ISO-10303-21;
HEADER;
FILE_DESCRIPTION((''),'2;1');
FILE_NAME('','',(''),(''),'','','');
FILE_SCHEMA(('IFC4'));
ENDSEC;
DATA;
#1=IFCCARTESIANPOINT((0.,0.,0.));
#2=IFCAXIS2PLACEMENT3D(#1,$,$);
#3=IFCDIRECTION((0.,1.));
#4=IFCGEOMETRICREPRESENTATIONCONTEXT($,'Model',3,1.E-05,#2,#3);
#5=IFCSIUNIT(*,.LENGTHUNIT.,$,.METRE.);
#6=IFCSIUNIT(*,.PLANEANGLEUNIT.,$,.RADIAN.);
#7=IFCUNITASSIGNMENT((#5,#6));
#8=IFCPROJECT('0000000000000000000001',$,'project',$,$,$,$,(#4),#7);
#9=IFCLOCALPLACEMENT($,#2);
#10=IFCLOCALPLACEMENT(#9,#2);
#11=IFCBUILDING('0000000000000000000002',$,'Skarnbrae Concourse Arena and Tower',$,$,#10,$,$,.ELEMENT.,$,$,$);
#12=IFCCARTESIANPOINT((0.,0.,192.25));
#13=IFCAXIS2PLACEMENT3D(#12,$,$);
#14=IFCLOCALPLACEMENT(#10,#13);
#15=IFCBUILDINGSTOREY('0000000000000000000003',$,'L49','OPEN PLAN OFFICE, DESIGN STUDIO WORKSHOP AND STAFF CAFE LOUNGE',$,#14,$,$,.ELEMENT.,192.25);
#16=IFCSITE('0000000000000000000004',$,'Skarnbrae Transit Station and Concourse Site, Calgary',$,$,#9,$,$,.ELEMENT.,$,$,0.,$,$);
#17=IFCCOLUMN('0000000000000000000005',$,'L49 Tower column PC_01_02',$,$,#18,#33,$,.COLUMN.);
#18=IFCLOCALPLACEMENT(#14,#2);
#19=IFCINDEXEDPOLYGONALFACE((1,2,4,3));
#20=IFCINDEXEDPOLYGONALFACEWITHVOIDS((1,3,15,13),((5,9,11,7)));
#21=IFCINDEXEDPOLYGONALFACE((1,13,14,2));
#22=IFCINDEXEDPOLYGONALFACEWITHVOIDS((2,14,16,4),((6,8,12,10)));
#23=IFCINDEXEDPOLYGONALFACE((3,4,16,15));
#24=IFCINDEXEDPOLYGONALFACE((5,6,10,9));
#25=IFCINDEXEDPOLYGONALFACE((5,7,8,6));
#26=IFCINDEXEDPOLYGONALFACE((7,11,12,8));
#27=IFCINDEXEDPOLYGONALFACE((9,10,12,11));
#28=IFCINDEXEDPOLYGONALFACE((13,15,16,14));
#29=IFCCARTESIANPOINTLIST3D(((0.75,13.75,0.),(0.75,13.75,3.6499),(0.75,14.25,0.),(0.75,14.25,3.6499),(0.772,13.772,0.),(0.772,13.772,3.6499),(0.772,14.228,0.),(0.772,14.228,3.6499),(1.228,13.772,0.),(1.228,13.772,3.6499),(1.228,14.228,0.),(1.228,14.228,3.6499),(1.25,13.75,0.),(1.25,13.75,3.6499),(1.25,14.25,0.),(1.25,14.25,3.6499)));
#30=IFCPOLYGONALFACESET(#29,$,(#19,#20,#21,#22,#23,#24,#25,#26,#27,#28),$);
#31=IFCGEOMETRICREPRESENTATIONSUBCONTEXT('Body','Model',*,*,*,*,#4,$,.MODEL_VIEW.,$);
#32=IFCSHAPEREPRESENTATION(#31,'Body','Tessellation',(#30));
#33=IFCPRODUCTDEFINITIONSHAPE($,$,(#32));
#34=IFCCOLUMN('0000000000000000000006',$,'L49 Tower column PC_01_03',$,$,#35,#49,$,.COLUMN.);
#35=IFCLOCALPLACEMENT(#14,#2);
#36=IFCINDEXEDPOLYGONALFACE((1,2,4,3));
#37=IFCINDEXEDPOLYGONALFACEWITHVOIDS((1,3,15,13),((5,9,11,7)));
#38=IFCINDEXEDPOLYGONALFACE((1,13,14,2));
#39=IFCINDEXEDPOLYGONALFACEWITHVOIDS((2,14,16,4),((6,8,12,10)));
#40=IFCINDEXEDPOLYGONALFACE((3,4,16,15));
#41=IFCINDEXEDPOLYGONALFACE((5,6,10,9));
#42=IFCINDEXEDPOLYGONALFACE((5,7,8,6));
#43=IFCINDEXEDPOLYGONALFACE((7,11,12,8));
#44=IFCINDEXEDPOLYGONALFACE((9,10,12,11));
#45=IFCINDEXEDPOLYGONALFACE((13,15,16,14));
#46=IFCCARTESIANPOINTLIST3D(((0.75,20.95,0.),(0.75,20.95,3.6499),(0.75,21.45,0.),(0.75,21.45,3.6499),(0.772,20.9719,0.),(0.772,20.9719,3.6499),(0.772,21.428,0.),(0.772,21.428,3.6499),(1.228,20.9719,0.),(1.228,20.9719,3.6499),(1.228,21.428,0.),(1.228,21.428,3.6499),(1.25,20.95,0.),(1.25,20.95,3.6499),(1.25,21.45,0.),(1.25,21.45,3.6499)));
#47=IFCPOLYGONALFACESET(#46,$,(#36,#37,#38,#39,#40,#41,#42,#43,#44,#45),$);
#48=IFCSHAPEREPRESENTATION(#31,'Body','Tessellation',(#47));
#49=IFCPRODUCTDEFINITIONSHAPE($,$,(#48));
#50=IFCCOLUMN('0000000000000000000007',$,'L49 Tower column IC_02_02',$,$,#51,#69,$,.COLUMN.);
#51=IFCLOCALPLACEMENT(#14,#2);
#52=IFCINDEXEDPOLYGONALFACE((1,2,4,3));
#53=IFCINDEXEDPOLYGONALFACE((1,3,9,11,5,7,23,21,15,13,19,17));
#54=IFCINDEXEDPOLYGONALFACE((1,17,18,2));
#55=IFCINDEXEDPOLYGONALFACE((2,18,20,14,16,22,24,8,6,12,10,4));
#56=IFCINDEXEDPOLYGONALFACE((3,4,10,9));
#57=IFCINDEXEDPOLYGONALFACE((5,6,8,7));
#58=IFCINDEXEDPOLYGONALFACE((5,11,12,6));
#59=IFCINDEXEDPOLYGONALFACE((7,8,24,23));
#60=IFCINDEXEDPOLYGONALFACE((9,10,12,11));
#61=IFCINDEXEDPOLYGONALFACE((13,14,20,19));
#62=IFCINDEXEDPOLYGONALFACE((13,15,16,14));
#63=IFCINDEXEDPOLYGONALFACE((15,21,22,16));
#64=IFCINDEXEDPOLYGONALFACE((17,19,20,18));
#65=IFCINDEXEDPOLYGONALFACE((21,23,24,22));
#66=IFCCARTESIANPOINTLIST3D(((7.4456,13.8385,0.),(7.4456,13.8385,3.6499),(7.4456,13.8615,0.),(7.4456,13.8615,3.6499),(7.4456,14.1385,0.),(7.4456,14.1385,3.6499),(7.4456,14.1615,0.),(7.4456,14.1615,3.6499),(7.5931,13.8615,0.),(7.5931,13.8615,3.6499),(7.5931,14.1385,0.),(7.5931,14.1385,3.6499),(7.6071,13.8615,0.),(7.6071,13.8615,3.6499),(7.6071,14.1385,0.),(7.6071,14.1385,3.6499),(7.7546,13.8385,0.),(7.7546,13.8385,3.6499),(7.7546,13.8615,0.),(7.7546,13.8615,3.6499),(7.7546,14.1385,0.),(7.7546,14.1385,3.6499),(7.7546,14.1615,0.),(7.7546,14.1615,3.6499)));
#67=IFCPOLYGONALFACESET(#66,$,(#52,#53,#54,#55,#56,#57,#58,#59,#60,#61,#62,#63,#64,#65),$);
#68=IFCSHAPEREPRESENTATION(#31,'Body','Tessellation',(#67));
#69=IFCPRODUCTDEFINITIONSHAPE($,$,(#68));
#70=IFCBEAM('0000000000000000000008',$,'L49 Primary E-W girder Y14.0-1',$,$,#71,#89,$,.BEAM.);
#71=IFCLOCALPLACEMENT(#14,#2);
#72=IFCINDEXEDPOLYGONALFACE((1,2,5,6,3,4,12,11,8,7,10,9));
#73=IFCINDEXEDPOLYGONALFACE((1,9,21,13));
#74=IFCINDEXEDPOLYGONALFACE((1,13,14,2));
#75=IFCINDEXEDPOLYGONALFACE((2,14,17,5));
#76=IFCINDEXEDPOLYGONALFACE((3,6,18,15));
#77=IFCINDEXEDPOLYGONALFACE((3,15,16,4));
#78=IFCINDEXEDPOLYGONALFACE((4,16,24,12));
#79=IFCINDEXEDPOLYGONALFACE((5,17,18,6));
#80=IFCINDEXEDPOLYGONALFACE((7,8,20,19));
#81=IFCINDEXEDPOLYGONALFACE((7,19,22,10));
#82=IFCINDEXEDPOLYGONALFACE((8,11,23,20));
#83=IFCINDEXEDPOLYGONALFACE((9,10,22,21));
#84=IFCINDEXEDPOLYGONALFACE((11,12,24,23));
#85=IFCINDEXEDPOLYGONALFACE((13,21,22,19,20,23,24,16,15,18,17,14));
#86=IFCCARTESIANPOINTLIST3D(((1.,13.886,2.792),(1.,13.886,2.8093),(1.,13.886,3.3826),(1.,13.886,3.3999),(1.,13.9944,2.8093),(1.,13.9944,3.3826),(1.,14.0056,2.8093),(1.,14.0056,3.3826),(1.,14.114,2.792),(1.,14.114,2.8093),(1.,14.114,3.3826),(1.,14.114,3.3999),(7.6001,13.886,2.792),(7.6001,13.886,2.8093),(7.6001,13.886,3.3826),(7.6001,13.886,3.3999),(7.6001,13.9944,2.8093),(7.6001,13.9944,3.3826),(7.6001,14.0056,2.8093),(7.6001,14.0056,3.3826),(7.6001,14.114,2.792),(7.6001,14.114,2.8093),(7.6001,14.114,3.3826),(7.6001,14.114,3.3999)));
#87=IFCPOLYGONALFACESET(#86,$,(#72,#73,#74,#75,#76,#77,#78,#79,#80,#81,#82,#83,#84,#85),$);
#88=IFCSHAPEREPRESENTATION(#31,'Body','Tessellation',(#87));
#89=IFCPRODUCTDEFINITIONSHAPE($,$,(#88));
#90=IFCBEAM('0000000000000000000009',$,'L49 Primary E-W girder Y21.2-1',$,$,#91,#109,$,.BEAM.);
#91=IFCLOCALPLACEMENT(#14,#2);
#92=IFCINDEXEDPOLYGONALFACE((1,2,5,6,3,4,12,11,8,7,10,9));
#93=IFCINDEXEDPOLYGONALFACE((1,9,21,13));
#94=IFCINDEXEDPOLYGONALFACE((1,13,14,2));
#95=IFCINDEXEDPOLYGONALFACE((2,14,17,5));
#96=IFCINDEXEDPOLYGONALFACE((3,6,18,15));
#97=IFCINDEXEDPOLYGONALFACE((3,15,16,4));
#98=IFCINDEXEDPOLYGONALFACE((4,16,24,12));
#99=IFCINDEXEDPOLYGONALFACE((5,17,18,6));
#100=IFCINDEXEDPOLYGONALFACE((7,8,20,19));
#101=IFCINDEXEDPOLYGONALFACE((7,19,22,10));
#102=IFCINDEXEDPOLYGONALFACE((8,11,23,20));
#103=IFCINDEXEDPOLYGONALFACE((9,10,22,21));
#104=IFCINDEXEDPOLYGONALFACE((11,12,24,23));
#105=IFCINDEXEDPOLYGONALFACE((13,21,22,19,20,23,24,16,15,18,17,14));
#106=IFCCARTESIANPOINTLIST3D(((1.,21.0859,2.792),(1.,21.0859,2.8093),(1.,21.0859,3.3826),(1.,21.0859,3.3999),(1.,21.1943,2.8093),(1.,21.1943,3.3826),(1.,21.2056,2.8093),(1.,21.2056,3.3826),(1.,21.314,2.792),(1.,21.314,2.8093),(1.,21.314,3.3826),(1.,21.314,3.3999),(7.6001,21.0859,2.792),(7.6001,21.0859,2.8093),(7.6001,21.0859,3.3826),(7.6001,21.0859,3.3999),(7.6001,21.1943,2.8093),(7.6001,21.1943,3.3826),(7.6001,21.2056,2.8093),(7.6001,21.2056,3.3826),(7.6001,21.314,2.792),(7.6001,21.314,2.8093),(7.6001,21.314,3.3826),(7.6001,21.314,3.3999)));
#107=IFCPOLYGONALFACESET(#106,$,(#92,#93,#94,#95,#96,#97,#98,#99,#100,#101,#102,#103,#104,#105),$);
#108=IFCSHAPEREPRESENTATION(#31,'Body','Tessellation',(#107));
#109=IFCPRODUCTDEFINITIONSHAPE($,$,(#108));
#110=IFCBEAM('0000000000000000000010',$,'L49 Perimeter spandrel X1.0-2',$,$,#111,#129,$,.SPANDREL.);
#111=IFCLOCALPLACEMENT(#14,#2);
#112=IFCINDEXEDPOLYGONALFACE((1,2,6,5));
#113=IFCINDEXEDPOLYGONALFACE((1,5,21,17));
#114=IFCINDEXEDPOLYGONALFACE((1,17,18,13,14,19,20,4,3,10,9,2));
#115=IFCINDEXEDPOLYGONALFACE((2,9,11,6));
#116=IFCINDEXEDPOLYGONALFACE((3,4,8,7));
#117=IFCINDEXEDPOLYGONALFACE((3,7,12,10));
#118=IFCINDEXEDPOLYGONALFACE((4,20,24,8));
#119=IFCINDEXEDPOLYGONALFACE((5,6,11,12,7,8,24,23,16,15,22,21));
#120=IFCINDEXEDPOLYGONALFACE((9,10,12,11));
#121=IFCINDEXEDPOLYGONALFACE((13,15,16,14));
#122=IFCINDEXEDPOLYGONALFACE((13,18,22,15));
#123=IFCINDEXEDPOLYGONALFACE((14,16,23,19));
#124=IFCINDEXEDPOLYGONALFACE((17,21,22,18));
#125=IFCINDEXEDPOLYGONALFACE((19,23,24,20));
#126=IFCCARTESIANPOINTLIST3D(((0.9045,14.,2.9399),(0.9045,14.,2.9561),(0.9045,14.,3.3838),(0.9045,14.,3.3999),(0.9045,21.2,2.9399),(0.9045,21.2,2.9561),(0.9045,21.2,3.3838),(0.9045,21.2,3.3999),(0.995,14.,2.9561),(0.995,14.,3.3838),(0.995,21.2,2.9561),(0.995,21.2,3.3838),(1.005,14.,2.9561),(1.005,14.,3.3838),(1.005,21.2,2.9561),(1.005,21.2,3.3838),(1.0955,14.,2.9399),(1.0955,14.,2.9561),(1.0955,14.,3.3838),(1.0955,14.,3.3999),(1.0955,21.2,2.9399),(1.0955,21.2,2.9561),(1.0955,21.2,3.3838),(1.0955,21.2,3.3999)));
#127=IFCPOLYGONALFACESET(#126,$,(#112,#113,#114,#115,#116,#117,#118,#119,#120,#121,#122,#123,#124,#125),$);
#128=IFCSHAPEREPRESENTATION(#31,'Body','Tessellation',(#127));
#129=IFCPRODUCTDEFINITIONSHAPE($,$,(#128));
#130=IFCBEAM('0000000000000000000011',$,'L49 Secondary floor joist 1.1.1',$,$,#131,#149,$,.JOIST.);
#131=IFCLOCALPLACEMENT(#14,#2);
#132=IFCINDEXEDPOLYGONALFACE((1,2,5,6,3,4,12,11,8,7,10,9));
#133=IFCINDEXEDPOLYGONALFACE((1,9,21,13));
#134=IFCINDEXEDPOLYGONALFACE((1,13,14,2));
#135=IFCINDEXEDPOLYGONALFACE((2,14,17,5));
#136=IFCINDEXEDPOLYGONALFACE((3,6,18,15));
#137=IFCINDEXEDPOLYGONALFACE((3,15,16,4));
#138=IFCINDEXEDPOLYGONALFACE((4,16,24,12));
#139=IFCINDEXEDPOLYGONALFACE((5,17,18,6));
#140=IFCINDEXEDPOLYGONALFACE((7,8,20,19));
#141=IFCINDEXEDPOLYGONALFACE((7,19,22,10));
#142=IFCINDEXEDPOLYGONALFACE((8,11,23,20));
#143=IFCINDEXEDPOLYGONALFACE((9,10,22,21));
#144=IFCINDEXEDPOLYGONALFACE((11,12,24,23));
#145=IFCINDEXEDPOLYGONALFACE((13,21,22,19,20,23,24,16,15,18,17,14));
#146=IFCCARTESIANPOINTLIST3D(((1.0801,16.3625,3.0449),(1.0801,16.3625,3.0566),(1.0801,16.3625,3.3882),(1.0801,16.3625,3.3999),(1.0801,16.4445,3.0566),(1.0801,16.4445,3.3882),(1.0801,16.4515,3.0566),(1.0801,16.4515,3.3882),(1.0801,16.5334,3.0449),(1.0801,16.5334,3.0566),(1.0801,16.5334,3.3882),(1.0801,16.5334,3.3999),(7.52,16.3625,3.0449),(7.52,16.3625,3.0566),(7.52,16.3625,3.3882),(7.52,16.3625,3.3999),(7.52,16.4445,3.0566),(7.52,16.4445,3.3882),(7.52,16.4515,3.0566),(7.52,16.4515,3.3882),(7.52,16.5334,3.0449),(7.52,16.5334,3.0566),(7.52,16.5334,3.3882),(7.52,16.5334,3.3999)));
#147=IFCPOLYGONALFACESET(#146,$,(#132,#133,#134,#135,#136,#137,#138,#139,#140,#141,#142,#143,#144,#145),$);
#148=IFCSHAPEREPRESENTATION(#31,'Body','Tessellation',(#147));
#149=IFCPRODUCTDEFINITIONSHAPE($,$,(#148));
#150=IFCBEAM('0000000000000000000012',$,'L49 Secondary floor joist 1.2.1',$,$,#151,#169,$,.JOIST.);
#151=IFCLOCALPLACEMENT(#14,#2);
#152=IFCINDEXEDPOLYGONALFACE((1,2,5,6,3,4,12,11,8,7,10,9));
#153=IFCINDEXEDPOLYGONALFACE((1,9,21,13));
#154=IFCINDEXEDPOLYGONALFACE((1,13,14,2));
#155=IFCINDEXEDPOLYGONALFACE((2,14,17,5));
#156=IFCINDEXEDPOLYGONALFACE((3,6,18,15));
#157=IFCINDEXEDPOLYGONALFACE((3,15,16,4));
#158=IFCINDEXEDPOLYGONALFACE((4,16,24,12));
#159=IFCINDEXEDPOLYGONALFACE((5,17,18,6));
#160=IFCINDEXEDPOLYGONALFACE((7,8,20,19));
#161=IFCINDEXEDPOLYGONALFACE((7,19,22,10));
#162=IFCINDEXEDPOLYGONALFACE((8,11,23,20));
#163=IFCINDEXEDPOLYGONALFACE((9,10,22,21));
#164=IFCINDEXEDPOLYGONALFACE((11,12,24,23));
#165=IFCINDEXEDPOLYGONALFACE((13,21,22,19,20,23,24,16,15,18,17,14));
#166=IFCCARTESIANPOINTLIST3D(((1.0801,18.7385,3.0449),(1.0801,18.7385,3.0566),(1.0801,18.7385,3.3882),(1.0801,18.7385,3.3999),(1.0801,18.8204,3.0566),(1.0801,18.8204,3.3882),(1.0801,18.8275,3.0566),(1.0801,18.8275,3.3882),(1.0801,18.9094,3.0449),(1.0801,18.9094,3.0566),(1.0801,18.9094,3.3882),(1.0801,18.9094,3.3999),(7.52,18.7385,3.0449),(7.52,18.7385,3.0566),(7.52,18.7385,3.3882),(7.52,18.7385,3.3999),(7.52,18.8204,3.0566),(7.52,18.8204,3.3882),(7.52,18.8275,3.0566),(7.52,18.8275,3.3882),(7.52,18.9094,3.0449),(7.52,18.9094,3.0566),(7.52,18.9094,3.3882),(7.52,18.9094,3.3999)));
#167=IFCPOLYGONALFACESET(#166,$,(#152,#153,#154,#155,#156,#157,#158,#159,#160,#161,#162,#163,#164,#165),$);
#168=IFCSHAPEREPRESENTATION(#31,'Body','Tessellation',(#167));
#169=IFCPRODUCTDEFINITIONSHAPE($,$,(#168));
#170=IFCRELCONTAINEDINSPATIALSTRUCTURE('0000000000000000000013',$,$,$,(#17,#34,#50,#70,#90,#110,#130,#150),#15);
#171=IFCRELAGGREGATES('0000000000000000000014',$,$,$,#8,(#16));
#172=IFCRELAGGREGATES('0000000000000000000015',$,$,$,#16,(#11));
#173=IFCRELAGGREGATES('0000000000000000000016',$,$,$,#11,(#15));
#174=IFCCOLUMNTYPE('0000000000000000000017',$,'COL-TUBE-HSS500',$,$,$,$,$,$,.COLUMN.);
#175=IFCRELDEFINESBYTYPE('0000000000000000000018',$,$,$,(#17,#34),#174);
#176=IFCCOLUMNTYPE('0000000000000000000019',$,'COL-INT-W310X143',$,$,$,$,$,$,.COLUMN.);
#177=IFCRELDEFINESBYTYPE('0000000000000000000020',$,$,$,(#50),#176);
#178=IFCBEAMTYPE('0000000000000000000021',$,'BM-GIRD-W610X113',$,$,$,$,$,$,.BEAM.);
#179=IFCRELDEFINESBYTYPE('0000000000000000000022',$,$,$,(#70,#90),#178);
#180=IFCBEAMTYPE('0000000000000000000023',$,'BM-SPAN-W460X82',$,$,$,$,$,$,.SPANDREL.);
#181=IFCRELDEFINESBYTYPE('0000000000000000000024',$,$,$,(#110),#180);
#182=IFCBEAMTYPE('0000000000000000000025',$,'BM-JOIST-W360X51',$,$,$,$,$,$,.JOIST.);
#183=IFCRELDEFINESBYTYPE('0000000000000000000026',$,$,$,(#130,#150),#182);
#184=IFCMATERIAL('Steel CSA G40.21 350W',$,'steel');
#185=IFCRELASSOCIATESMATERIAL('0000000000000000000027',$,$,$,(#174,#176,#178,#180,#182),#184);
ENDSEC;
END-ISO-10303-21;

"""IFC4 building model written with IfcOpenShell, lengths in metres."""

from ifc_helpers import new_model, si_unit, direction, frame, origin, origin_2d, place, context, subcontext, project, spatial, hollow_rectangle, i_section, extrude, source, transform, mapped, material, material_profile, profile_set, type_object, element, save


model = new_model("IFC4")

# Units and contexts
model_context = context("Model", 3, precision=1e-05, world=origin(), true_north=direction((0.0, 1.0)))
body_context = subcontext(model_context, "Body", "Model", "MODEL_VIEW")
ifc_project = project(units=[si_unit("LENGTHUNIT", "METRE"), si_unit("PLANEANGLEUNIT", "RADIAN")], contexts=[model_context])

# Site, building, storey
site_placement = place(None, origin())
site = spatial("IfcSite", under=ifc_project, at=site_placement, Name="Skarnbrae Transit Station and Concourse Site, Calgary", CompositionType="ELEMENT", RefElevation=0.0)
building_placement = place(site_placement, origin())
building = spatial("IfcBuilding", under=site, at=building_placement, Name="Skarnbrae Concourse Arena and Tower", CompositionType="ELEMENT")
storey_placement = place(building_placement, frame((0.0, 0.0, 192.25)))
storey = spatial("IfcBuildingStorey", under=building, at=storey_placement, Name="L49", Description="OPEN PLAN OFFICE, DESIGN STUDIO WORKSHOP AND STAFF CAFE LOUNGE", CompositionType="ELEMENT", Elevation=192.25)

# Columns
ifc_material_1 = material(Name="Steel CSA G40.21 350W", Category="steel")
ifc_material_profile_1 = material_profile(ifc_material_1, hollow_rectangle(XDim=0.5, YDim=0.5, WallThickness=0.022, at=origin_2d()), Name="HSS500X500X22.0")
ifc_profile_set_1 = profile_set([ifc_material_profile_1], Name="Steel CSA G40.21 350W")
column_type_1 = type_object("IfcColumnType", Name="COL-TUBE-HSS500", PredefinedType="COLUMN", material=ifc_profile_set_1)
shared_shape_1 = source(origin(), body_context, "Body", "SweptSolid", [
    extrude(hollow_rectangle(XDim=0.5, YDim=0.5, WallThickness=0.022, at=origin_2d()), origin(), (0.0, 0.0, 1.0), 3.6499),
])
for number, where, z_axis, x_axis, name in (
    (1, (1.0, 14.0, 0.0), (0.0, 0.0, 1.0), (1.0, 0.0, 0.0), "L49 Tower column PC_01_02"),
    (2, (1.0, 21.2, 0.0), (0.0, 0.0, 1.0), (1.0, 0.0, 0.0), "L49 Tower column PC_01_03"),
):
    element("IfcColumn", number, at=place(storey_placement, frame(where, z_axis=z_axis, x_axis=x_axis)), inside=storey, type_object=column_type_1, Name=name, PredefinedType="COLUMN", context=body_context, shape_type="MappedRepresentation", body=[
        mapped(shared_shape_1, transform((0.0, 0.0, 0.0))),
    ])
ifc_material_profile_2 = material_profile(ifc_material_1, i_section(OverallWidth=0.3091, OverallDepth=0.323, WebThickness=0.0139, FlangeThickness=0.0229, at=origin_2d()), Name="W310X143")
ifc_profile_set_2 = profile_set([ifc_material_profile_2], Name="Steel CSA G40.21 350W")
column_type_2 = type_object("IfcColumnType", Name="COL-INT-W310X143", PredefinedType="COLUMN", material=ifc_profile_set_2)
shared_shape_2 = source(origin(), body_context, "Body", "SweptSolid", [
    extrude(i_section(OverallWidth=0.3091, OverallDepth=0.323, WebThickness=0.0139, FlangeThickness=0.0229, at=origin_2d()), origin(), (0.0, 0.0, 1.0), 3.6499),
])
column_placement = place(storey_placement, frame((7.6001, 14.0, 0.0), z_axis=(0.0, 0.0, 1.0), x_axis=(1.0, 0.0, 0.0)))
element("IfcColumn", 3, at=column_placement, inside=storey, type_object=column_type_2, Name="L49 Tower column IC_02_02", PredefinedType="COLUMN", context=body_context, shape_type="MappedRepresentation", body=[
    mapped(shared_shape_2, transform((0.0, 0.0, 0.0))),
])

# Beams
ifc_material_profile_3 = material_profile(ifc_material_1, i_section(OverallWidth=0.228, OverallDepth=0.6079, WebThickness=0.0112, FlangeThickness=0.0173, at=origin_2d()), Name="W610X113")
ifc_profile_set_3 = profile_set([ifc_material_profile_3], Name="Steel CSA G40.21 350W")
beam_type_1 = type_object("IfcBeamType", Name="BM-GIRD-W610X113", PredefinedType="BEAM", material=ifc_profile_set_3)
shared_shape_3 = source(origin(), body_context, "Body", "SweptSolid", [
    extrude(i_section(OverallWidth=0.228, OverallDepth=0.6079, WebThickness=0.0112, FlangeThickness=0.0173, at=origin_2d()), origin(), (0.0, 0.0, 1.0), 6.6001),
])
for number, where, z_axis, x_axis, name in (
    (4, (1.0, 14.0, 3.0959), (1.0, 0.0, 0.0), (0.0, 1.0, 0.0), "L49 Primary E-W girder Y14.0-1"),
    (5, (1.0, 21.2, 3.0959), (1.0, 0.0, 0.0), (0.0, 1.0, 0.0), "L49 Primary E-W girder Y21.2-1"),
):
    element("IfcBeam", number, at=place(storey_placement, frame(where, z_axis=z_axis, x_axis=x_axis)), inside=storey, type_object=beam_type_1, Name=name, PredefinedType="BEAM", context=body_context, shape_type="MappedRepresentation", body=[
        mapped(shared_shape_3, transform((0.0, 0.0, 0.0))),
    ])
ifc_material_profile_4 = material_profile(ifc_material_1, i_section(OverallWidth=0.1909, OverallDepth=0.46, WebThickness=0.01, FlangeThickness=0.0161, at=origin_2d()), Name="W460X82")
ifc_profile_set_4 = profile_set([ifc_material_profile_4], Name="Steel CSA G40.21 350W")
beam_type_2 = type_object("IfcBeamType", Name="BM-SPAN-W460X82", PredefinedType="SPANDREL", material=ifc_profile_set_4)
shared_shape_4 = source(origin(), body_context, "Body", "SweptSolid", [
    extrude(i_section(OverallWidth=0.1909, OverallDepth=0.46, WebThickness=0.01, FlangeThickness=0.0161, at=origin_2d()), origin(), (0.0, 0.0, 1.0), 7.2),
])
beam_placement = place(storey_placement, frame((1.0, 14.0, 3.1699), z_axis=(0.0, 1.0, 0.0), x_axis=(-1.0, 0.0, 0.0)))
element("IfcBeam", 6, at=beam_placement, inside=storey, type_object=beam_type_2, Name="L49 Perimeter spandrel X1.0-2", PredefinedType="SPANDREL", context=body_context, shape_type="MappedRepresentation", body=[
    mapped(shared_shape_4, transform((0.0, 0.0, 0.0))),
])
ifc_material_profile_5 = material_profile(ifc_material_1, i_section(OverallWidth=0.1709, OverallDepth=0.355, WebThickness=0.0071, FlangeThickness=0.0117, at=origin_2d()), Name="W360X51")
ifc_profile_set_5 = profile_set([ifc_material_profile_5], Name="Steel CSA G40.21 350W")
beam_type_3 = type_object("IfcBeamType", Name="BM-JOIST-W360X51", PredefinedType="JOIST", material=ifc_profile_set_5)
shared_shape_5 = source(origin(), body_context, "Body", "SweptSolid", [
    extrude(i_section(OverallWidth=0.1709, OverallDepth=0.355, WebThickness=0.0071, FlangeThickness=0.0117, at=origin_2d()), origin(), (0.0, 0.0, 1.0), 6.4399),
])
for number, where, z_axis, x_axis, name in (
    (7, (1.0801, 16.448, 3.2224), (1.0, 0.0, 0.0), (0.0, 1.0, 0.0), "L49 Secondary floor joist 1.1.1"),
    (8, (1.0801, 18.824, 3.2224), (1.0, 0.0, 0.0), (0.0, 1.0, 0.0), "L49 Secondary floor joist 1.2.1"),
):
    element("IfcBeam", number, at=place(storey_placement, frame(where, z_axis=z_axis, x_axis=x_axis)), inside=storey, type_object=beam_type_3, Name=name, PredefinedType="JOIST", context=body_context, shape_type="MappedRepresentation", body=[
        mapped(shared_shape_5, transform((0.0, 0.0, 0.0))),
    ])

save(model, "model.ifc")
